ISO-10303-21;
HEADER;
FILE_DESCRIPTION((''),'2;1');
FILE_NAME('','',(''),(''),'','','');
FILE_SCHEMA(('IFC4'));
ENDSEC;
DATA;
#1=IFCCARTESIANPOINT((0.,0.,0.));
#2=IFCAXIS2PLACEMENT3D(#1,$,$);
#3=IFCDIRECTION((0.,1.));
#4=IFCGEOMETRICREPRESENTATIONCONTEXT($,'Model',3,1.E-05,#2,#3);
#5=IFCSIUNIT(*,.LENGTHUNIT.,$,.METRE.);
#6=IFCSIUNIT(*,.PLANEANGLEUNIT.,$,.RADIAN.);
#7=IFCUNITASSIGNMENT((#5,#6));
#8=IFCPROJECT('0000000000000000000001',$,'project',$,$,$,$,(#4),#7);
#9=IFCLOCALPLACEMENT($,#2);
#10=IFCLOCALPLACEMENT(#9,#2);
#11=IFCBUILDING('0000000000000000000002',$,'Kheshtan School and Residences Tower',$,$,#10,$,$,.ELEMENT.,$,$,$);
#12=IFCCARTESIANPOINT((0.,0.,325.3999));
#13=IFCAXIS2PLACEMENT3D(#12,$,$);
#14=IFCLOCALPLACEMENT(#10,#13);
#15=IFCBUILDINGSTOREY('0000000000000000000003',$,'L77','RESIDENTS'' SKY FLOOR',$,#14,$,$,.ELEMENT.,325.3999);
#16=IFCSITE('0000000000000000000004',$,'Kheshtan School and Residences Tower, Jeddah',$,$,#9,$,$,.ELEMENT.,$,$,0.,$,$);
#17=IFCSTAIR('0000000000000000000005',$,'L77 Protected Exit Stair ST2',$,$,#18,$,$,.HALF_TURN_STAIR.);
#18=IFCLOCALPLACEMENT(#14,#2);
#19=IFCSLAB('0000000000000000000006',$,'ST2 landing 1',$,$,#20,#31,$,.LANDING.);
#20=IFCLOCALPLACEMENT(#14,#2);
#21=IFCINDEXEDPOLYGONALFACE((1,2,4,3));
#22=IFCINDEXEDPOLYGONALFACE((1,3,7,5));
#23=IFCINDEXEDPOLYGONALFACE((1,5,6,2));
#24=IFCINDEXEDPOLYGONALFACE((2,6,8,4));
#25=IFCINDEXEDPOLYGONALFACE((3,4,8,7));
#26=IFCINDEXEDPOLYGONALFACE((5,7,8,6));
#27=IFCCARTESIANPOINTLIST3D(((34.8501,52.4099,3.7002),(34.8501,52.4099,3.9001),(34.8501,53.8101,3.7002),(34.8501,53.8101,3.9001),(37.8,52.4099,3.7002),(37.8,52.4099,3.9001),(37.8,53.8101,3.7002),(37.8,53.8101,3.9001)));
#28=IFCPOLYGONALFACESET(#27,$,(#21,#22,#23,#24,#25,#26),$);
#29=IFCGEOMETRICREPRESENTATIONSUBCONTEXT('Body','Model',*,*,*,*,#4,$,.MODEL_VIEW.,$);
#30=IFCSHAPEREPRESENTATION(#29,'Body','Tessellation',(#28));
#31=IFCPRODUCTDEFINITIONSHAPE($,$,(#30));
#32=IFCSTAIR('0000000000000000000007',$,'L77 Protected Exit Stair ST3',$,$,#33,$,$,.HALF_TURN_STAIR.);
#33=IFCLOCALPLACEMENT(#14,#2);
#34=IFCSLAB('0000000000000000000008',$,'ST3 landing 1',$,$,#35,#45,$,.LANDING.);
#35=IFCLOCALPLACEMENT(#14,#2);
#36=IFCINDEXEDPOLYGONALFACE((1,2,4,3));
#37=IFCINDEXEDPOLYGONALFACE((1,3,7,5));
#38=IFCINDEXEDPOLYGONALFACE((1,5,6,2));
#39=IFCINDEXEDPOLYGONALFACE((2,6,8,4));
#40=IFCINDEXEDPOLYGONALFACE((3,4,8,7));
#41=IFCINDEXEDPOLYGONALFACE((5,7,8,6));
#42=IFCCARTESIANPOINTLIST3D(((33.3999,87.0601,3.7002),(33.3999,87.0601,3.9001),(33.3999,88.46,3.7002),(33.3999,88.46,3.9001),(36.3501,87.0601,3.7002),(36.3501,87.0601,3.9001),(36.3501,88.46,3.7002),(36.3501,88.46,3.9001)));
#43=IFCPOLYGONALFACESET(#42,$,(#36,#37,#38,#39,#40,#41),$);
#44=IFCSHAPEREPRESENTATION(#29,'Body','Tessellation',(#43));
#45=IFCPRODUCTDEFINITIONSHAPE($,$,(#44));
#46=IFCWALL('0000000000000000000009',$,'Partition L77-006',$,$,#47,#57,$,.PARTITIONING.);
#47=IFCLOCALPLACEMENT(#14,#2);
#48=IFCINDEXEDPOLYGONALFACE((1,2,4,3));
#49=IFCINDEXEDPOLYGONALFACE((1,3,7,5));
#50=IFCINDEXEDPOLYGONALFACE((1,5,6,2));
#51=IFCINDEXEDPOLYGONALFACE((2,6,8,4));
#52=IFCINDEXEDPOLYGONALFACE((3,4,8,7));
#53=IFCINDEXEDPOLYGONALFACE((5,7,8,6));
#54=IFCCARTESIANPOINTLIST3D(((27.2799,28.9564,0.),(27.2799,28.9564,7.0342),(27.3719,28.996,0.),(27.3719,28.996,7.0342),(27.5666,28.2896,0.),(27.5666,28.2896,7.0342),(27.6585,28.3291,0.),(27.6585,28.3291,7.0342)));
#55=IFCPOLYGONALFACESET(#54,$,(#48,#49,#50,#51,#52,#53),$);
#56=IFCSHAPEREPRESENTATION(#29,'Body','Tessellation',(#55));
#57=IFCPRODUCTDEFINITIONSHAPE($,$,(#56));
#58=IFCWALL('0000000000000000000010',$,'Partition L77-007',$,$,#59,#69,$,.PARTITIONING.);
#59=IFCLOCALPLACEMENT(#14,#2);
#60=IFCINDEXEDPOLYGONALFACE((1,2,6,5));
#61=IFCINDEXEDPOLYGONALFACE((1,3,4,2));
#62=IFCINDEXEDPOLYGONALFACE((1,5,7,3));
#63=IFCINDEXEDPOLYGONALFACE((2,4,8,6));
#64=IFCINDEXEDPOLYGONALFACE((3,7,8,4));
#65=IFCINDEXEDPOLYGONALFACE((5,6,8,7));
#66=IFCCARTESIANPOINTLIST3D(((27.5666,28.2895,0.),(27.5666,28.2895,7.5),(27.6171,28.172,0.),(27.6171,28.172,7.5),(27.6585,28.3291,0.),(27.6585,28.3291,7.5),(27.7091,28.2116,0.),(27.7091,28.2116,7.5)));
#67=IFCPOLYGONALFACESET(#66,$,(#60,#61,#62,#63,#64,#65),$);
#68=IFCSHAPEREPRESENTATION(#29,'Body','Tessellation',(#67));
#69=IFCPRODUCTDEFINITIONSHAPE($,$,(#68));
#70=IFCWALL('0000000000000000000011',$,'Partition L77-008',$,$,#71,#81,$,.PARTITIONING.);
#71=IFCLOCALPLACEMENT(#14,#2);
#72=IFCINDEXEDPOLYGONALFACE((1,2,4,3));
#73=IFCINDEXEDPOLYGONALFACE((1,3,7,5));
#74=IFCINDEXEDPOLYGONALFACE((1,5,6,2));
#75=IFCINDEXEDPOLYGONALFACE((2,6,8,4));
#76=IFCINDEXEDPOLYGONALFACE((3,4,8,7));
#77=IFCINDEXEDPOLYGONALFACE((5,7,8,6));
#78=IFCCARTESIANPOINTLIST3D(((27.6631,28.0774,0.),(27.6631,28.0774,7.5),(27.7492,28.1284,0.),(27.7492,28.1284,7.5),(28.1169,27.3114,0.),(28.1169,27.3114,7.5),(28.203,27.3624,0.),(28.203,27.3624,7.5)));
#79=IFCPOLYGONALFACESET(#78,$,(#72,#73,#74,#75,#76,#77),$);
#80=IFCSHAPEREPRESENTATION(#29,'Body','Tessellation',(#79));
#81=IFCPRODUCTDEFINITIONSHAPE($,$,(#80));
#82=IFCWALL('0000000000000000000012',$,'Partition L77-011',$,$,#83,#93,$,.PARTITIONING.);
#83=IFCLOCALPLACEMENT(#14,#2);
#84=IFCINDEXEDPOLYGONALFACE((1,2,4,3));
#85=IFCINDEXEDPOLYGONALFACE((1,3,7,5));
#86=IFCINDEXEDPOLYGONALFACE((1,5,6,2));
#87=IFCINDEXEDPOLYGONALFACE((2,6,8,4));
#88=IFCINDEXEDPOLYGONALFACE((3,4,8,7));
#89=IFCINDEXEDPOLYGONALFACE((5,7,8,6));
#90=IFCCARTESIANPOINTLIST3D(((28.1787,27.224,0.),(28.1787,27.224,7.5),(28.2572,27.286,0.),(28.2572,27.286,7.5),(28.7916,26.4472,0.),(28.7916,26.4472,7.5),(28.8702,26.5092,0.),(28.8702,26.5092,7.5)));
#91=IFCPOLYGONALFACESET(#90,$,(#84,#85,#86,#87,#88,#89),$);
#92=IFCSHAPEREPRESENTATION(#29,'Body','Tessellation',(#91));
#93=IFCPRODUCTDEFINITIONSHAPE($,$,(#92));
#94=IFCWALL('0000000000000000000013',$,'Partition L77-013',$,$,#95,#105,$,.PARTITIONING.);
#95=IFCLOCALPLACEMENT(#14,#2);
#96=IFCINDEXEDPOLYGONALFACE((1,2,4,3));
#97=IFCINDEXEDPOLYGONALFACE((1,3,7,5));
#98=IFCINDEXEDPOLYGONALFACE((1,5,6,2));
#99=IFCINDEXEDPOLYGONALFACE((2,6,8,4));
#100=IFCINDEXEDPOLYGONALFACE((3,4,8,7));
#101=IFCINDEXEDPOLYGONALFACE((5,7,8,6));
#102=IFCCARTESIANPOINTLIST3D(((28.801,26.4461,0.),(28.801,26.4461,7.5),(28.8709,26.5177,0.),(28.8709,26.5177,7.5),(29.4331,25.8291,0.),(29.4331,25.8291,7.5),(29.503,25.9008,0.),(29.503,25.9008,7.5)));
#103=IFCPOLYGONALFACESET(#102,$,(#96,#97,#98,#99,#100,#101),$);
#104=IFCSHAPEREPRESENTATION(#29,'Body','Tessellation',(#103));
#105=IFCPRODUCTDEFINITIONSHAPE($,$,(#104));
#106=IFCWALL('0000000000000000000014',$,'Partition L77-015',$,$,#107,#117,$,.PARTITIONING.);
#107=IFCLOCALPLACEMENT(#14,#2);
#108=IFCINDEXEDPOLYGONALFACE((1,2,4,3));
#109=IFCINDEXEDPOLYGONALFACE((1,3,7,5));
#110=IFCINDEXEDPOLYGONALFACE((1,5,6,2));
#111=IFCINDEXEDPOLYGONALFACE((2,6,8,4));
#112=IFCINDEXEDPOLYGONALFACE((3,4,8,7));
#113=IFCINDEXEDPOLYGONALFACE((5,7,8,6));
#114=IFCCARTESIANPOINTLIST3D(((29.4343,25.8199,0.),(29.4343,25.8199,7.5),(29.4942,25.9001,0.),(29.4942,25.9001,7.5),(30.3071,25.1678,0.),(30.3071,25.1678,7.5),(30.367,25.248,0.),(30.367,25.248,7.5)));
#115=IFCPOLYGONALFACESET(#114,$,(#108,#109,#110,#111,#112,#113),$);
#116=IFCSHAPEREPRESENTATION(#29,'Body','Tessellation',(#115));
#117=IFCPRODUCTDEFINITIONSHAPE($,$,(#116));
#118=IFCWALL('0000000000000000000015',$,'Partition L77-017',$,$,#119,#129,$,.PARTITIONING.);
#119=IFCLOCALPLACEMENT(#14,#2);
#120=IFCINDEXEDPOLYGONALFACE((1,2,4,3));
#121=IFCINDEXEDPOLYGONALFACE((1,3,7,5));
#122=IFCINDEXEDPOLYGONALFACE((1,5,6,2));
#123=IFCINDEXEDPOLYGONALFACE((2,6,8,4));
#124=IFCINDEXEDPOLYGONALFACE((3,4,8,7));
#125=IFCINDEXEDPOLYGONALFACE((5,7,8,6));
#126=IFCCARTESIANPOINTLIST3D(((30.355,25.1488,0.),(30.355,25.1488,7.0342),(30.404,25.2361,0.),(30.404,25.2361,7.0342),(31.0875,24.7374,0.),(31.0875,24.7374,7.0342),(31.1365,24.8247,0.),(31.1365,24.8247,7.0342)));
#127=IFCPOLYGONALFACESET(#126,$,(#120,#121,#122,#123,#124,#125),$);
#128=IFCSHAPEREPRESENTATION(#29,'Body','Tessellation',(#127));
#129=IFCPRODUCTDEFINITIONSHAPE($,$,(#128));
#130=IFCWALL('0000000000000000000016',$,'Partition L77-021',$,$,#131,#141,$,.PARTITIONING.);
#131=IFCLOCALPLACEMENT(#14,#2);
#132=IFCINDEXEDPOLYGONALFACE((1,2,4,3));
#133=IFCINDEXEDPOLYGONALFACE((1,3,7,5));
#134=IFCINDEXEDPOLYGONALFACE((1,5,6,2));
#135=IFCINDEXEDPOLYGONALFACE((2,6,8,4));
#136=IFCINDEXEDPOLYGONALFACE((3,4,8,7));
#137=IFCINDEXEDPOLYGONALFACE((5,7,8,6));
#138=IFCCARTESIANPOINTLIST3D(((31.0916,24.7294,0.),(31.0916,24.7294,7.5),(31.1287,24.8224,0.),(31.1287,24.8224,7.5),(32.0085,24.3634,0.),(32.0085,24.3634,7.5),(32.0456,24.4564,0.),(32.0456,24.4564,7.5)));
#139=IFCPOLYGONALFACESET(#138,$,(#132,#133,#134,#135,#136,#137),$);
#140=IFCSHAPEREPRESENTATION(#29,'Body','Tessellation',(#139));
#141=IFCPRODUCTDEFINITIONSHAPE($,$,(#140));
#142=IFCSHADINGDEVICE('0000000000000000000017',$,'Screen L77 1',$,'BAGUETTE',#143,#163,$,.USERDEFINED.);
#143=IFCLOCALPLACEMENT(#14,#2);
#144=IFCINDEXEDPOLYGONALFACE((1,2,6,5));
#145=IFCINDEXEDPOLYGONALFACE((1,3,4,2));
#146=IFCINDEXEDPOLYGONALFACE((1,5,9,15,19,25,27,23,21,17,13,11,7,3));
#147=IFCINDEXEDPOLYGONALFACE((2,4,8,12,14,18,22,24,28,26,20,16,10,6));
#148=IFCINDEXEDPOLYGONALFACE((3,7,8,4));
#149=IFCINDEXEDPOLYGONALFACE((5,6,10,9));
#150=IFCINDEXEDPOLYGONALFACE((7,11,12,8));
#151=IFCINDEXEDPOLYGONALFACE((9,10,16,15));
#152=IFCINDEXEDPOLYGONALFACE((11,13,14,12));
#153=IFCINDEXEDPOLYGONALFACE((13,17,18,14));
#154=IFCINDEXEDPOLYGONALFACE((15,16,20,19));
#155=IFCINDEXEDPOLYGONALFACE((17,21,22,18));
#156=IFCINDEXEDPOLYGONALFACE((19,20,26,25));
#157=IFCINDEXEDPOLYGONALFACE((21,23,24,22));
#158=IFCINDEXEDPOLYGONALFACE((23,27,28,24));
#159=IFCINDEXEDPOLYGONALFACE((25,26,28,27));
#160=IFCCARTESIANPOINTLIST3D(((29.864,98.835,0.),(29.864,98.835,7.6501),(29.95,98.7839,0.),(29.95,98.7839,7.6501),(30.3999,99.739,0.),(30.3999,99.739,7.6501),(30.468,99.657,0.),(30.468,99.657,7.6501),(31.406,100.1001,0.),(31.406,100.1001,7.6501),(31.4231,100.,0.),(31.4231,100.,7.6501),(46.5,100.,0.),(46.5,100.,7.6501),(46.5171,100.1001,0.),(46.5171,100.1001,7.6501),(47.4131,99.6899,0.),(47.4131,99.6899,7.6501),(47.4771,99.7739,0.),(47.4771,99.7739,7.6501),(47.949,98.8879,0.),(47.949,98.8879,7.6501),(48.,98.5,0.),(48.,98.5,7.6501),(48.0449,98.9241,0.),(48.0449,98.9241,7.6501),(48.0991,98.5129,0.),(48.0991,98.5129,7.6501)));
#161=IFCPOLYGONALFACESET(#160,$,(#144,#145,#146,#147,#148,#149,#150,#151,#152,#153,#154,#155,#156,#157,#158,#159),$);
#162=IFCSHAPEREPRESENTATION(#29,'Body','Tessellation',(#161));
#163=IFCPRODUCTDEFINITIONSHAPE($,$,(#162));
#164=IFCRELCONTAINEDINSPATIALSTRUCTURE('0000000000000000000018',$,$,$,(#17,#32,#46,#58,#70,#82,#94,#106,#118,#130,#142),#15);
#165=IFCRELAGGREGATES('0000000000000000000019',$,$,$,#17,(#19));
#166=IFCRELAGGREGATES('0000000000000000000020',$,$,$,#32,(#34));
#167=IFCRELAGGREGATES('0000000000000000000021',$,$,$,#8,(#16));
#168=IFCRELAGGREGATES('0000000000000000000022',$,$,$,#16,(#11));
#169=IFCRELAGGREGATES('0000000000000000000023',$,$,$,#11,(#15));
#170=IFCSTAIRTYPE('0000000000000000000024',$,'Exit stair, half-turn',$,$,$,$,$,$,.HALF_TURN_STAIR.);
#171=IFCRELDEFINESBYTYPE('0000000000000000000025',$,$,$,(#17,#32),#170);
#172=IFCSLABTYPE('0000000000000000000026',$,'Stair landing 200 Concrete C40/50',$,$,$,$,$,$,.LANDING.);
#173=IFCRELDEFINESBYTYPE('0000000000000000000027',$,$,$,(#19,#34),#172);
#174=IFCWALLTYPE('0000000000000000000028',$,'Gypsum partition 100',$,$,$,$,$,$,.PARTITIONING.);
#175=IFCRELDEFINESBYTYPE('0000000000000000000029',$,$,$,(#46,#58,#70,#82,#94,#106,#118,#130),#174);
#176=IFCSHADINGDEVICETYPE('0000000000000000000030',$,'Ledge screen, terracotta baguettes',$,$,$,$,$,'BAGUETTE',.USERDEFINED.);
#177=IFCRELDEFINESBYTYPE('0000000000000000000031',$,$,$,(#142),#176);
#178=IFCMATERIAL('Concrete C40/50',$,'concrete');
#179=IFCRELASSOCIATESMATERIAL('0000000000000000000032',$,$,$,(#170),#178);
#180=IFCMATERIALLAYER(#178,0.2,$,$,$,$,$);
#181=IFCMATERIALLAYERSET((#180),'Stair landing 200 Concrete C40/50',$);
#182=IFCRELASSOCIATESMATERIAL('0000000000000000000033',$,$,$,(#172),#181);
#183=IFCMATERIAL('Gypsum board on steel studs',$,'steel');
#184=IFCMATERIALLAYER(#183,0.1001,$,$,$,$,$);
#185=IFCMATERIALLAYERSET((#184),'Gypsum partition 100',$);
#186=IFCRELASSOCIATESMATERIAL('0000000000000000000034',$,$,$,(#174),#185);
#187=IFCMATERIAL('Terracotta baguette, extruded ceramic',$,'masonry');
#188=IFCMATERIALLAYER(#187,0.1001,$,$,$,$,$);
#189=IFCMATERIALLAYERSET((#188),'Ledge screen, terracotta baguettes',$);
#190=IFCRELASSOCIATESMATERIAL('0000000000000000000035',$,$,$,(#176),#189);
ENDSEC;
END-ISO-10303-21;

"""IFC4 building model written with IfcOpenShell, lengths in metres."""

from ifc_helpers import new_model, si_unit, direction, frame, frame_2d, origin, place, context, subcontext, project, spatial, polyline, rectangle, outline, extrude, material, layer, layer_set, type_object, element, aggregate, save


model = new_model("IFC4")

# Units and contexts
model_context = context("Model", 3, precision=1e-05, world=origin(), true_north=direction((0.0, 1.0)))
body_context = subcontext(model_context, "Body", "Model", "MODEL_VIEW")
ifc_project = project(units=[si_unit("LENGTHUNIT", "METRE"), si_unit("PLANEANGLEUNIT", "RADIAN")], contexts=[model_context])

# Site, building, storey
site_placement = place(None, origin())
site = spatial("IfcSite", under=ifc_project, at=site_placement, Name="Kheshtan School and Residences Tower, Jeddah", CompositionType="ELEMENT", RefElevation=0.0)
building_placement = place(site_placement, origin())
building = spatial("IfcBuilding", under=site, at=building_placement, Name="Kheshtan School and Residences Tower", CompositionType="ELEMENT")
storey_placement = place(building_placement, frame((0.0, 0.0, 325.3999)))
storey = spatial("IfcBuildingStorey", under=building, at=storey_placement, Name="L77", Description="RESIDENTS' SKY FLOOR", CompositionType="ELEMENT", Elevation=325.3999)

# Shared definitions
ifc_material_1 = material(Name="Concrete C40/50", Category="concrete")

# Stairs, slabs
stair_type = type_object("IfcStairType", Name="Exit stair, half-turn", PredefinedType="HALF_TURN_STAIR", material=ifc_material_1)
ifc_layer_1 = layer(ifc_material_1, 0.2)
ifc_layer_set_1 = layer_set([ifc_layer_1], Name="Stair landing 200 Concrete C40/50")
slab_type_1 = type_object("IfcSlabType", Name="Stair landing 200 Concrete C40/50", PredefinedType="LANDING", material=ifc_layer_set_1)
stair_1_placement = place(storey_placement, origin())
stair_1 = element("IfcStair", 1, at=stair_1_placement, inside=storey, type_object=stair_type, Name="L77 Protected Exit Stair ST2", PredefinedType="HALF_TURN_STAIR")
slab_1_placement = place(storey_placement, frame((0.0, 0.0, 3.7002)))
slab_1 = element("IfcSlab", 2, at=slab_1_placement, type_object=slab_type_1, Name="ST2 landing 1", PredefinedType="LANDING", context=body_context, shape_type="SweptSolid", body=[
    extrude(outline(polyline([(37.8, 52.4099), (37.8, 53.8101), (34.8501, 53.8101), (34.8501, 52.4099), (37.8, 52.4099)])), origin(), (0.0, 0.0, 1.0), 0.2),
])
aggregate(stair_1, [slab_1])
stair_2_placement = place(storey_placement, origin())
stair_2 = element("IfcStair", 3, at=stair_2_placement, inside=storey, type_object=stair_type, Name="L77 Protected Exit Stair ST3", PredefinedType="HALF_TURN_STAIR")
slab_2_placement = place(storey_placement, frame((0.0, 0.0, 3.7002)))
slab_2 = element("IfcSlab", 4, at=slab_2_placement, type_object=slab_type_1, Name="ST3 landing 1", PredefinedType="LANDING", context=body_context, shape_type="SweptSolid", body=[
    extrude(outline(polyline([(36.3501, 87.0601), (36.3501, 88.46), (33.3999, 88.46), (33.3999, 87.0601), (36.3501, 87.0601)])), origin(), (0.0, 0.0, 1.0), 0.2),
])
aggregate(stair_2, [slab_2])

# Walls
ifc_material_2 = material(Name="Gypsum board on steel studs", Category="steel")
ifc_layer_2 = layer(ifc_material_2, 0.1001)
ifc_layer_set_2 = layer_set([ifc_layer_2], Name="Gypsum partition 100")
wall_type = type_object("IfcWallType", Name="Gypsum partition 100", PredefinedType="PARTITIONING", material=ifc_layer_set_2)
wall_1_placement = place(storey_placement, frame((27.3259, 28.9761, 0.0), z_axis=(0.0, 0.0, 1.0), x_axis=(0.394934, -0.918709, 0.0)))
element("IfcWall", 5, at=wall_1_placement, inside=storey, type_object=wall_type, Name="Partition L77-006", PredefinedType="PARTITIONING", context=body_context, shape_type="SweptSolid", body=[
    extrude(rectangle(XDim=0.7258, YDim=0.1001, at=frame_2d((0.3628, 0.0))), origin(), (0.0, 0.0, 1.0), 7.0342),
])
wall_2_placement = place(storey_placement, frame((27.6125, 28.3093, 0.0), z_axis=(0.0, 0.0, 1.0), x_axis=(0.395302, -0.918551, 0.0)))
element("IfcWall", 6, at=wall_2_placement, inside=storey, type_object=wall_type, Name="Partition L77-007", PredefinedType="PARTITIONING", context=body_context, shape_type="SweptSolid", body=[
    extrude(rectangle(XDim=0.1279, YDim=0.1001, at=frame_2d((0.064, 0.0))), origin(), (0.0, 0.0, 1.0), 7.5),
])
wall_3_placement = place(storey_placement, frame((27.7061, 28.103, 0.0), z_axis=(0.0, 0.0, 1.0), x_axis=(0.50969, -0.860358, 0.0)))
element("IfcWall", 7, at=wall_3_placement, inside=storey, type_object=wall_type, Name="Partition L77-008", PredefinedType="PARTITIONING", context=body_context, shape_type="SweptSolid", body=[
    extrude(rectangle(XDim=0.8904, YDim=0.1001, at=frame_2d((0.4453, 0.0))), origin(), (0.0, 0.0, 1.0), 7.5),
])
wall_4_placement = place(storey_placement, frame((28.218, 27.2549, 0.0), z_axis=(0.0, 0.0, 1.0), x_axis=(0.619476, -0.785015, 0.0)))
element("IfcWall", 8, at=wall_4_placement, inside=storey, type_object=wall_type, Name="Partition L77-011", PredefinedType="PARTITIONING", context=body_context, shape_type="SweptSolid", body=[
    extrude(rectangle(XDim=0.9895, YDim=0.1001, at=frame_2d((0.4946, 0.0))), origin(), (0.0, 0.0, 1.0), 7.5),
])
wall_5_placement = place(storey_placement, frame((28.8359, 26.4819, 0.0), z_axis=(0.0, 0.0, 1.0), x_axis=(0.715624, -0.698486, 0.0)))
element("IfcWall", 9, at=wall_5_placement, inside=storey, type_object=wall_type, Name="Partition L77-013", PredefinedType="PARTITIONING", context=body_context, shape_type="SweptSolid", body=[
    extrude(rectangle(XDim=0.8833, YDim=0.1001, at=frame_2d((0.4417, 0.0))), origin(), (0.0, 0.0, 1.0), 7.5),
])
wall_6_placement = place(storey_placement, frame((29.4641, 25.8601, 0.0), z_axis=(0.0, 0.0, 1.0), x_axis=(0.801101, -0.598529, 0.0)))
element("IfcWall", 10, at=wall_6_placement, inside=storey, type_object=wall_type, Name="Partition L77-015", PredefinedType="PARTITIONING", context=body_context, shape_type="SweptSolid", body=[
    extrude(rectangle(XDim=1.0896, YDim=0.1001, at=frame_2d((0.5449, 0.0))), origin(), (0.0, 0.0, 1.0), 7.5),
])
wall_7_placement = place(storey_placement, frame((30.3796, 25.1924, 0.0), z_axis=(0.0, 0.0, 1.0), x_axis=(0.871886, -0.489709, 0.0)))
element("IfcWall", 11, at=wall_7_placement, inside=storey, type_object=wall_type, Name="Partition L77-017", PredefinedType="PARTITIONING", context=body_context, shape_type="SweptSolid", body=[
    extrude(rectangle(XDim=0.8401, YDim=0.1001, at=frame_2d((0.4199, 0.0))), origin(), (0.0, 0.0, 1.0), 7.0342),
])
wall_8_placement = place(storey_placement, frame((31.1101, 24.7759, 0.0), z_axis=(0.0, 0.0, 1.0), x_axis=(0.928766, -0.370666, 0.0)))
element("IfcWall", 12, at=wall_8_placement, inside=storey, type_object=wall_type, Name="Partition L77-021", PredefinedType="PARTITIONING", context=body_context, shape_type="SweptSolid", body=[
    extrude(rectangle(XDim=0.9873, YDim=0.1001, at=frame_2d((0.4937, 0.0))), origin(), (0.0, 0.0, 1.0), 7.5),
])

# Shading device
ifc_material_3 = material(Name="Terracotta baguette, extruded ceramic", Category="masonry")
ifc_layer_3 = layer(ifc_material_3, 0.1001)
ifc_layer_set_3 = layer_set([ifc_layer_3], Name="Ledge screen, terracotta baguettes")
shading_device_type = type_object("IfcShadingDeviceType", Name="Ledge screen, terracotta baguettes", ElementType="BAGUETTE", PredefinedType="USERDEFINED", material=ifc_layer_set_3)
shading_device_1_placement = place(storey_placement, origin())
element("IfcShadingDevice", 13, at=shading_device_1_placement, inside=storey, type_object=shading_device_type, Name="Screen L77 1", ObjectType="BAGUETTE", PredefinedType="USERDEFINED", context=body_context, shape_type="SweptSolid", body=[
    extrude(outline(polyline([(29.95, 98.7839), (30.468, 99.657), (31.4231, 100.0), (46.5, 100.0), (47.4131, 99.6899), (47.949, 98.8879), (48.0, 98.5), (48.0991, 98.5129), (48.0449, 98.9241), (47.4771, 99.7739), (46.5171, 100.1001), (31.406, 100.1001), (30.3999, 99.739), (29.864, 98.835), (29.95, 98.7839)])), origin(), (0.0, 0.0, 1.0), 7.6501),
])

save(model, "model.ifc")
